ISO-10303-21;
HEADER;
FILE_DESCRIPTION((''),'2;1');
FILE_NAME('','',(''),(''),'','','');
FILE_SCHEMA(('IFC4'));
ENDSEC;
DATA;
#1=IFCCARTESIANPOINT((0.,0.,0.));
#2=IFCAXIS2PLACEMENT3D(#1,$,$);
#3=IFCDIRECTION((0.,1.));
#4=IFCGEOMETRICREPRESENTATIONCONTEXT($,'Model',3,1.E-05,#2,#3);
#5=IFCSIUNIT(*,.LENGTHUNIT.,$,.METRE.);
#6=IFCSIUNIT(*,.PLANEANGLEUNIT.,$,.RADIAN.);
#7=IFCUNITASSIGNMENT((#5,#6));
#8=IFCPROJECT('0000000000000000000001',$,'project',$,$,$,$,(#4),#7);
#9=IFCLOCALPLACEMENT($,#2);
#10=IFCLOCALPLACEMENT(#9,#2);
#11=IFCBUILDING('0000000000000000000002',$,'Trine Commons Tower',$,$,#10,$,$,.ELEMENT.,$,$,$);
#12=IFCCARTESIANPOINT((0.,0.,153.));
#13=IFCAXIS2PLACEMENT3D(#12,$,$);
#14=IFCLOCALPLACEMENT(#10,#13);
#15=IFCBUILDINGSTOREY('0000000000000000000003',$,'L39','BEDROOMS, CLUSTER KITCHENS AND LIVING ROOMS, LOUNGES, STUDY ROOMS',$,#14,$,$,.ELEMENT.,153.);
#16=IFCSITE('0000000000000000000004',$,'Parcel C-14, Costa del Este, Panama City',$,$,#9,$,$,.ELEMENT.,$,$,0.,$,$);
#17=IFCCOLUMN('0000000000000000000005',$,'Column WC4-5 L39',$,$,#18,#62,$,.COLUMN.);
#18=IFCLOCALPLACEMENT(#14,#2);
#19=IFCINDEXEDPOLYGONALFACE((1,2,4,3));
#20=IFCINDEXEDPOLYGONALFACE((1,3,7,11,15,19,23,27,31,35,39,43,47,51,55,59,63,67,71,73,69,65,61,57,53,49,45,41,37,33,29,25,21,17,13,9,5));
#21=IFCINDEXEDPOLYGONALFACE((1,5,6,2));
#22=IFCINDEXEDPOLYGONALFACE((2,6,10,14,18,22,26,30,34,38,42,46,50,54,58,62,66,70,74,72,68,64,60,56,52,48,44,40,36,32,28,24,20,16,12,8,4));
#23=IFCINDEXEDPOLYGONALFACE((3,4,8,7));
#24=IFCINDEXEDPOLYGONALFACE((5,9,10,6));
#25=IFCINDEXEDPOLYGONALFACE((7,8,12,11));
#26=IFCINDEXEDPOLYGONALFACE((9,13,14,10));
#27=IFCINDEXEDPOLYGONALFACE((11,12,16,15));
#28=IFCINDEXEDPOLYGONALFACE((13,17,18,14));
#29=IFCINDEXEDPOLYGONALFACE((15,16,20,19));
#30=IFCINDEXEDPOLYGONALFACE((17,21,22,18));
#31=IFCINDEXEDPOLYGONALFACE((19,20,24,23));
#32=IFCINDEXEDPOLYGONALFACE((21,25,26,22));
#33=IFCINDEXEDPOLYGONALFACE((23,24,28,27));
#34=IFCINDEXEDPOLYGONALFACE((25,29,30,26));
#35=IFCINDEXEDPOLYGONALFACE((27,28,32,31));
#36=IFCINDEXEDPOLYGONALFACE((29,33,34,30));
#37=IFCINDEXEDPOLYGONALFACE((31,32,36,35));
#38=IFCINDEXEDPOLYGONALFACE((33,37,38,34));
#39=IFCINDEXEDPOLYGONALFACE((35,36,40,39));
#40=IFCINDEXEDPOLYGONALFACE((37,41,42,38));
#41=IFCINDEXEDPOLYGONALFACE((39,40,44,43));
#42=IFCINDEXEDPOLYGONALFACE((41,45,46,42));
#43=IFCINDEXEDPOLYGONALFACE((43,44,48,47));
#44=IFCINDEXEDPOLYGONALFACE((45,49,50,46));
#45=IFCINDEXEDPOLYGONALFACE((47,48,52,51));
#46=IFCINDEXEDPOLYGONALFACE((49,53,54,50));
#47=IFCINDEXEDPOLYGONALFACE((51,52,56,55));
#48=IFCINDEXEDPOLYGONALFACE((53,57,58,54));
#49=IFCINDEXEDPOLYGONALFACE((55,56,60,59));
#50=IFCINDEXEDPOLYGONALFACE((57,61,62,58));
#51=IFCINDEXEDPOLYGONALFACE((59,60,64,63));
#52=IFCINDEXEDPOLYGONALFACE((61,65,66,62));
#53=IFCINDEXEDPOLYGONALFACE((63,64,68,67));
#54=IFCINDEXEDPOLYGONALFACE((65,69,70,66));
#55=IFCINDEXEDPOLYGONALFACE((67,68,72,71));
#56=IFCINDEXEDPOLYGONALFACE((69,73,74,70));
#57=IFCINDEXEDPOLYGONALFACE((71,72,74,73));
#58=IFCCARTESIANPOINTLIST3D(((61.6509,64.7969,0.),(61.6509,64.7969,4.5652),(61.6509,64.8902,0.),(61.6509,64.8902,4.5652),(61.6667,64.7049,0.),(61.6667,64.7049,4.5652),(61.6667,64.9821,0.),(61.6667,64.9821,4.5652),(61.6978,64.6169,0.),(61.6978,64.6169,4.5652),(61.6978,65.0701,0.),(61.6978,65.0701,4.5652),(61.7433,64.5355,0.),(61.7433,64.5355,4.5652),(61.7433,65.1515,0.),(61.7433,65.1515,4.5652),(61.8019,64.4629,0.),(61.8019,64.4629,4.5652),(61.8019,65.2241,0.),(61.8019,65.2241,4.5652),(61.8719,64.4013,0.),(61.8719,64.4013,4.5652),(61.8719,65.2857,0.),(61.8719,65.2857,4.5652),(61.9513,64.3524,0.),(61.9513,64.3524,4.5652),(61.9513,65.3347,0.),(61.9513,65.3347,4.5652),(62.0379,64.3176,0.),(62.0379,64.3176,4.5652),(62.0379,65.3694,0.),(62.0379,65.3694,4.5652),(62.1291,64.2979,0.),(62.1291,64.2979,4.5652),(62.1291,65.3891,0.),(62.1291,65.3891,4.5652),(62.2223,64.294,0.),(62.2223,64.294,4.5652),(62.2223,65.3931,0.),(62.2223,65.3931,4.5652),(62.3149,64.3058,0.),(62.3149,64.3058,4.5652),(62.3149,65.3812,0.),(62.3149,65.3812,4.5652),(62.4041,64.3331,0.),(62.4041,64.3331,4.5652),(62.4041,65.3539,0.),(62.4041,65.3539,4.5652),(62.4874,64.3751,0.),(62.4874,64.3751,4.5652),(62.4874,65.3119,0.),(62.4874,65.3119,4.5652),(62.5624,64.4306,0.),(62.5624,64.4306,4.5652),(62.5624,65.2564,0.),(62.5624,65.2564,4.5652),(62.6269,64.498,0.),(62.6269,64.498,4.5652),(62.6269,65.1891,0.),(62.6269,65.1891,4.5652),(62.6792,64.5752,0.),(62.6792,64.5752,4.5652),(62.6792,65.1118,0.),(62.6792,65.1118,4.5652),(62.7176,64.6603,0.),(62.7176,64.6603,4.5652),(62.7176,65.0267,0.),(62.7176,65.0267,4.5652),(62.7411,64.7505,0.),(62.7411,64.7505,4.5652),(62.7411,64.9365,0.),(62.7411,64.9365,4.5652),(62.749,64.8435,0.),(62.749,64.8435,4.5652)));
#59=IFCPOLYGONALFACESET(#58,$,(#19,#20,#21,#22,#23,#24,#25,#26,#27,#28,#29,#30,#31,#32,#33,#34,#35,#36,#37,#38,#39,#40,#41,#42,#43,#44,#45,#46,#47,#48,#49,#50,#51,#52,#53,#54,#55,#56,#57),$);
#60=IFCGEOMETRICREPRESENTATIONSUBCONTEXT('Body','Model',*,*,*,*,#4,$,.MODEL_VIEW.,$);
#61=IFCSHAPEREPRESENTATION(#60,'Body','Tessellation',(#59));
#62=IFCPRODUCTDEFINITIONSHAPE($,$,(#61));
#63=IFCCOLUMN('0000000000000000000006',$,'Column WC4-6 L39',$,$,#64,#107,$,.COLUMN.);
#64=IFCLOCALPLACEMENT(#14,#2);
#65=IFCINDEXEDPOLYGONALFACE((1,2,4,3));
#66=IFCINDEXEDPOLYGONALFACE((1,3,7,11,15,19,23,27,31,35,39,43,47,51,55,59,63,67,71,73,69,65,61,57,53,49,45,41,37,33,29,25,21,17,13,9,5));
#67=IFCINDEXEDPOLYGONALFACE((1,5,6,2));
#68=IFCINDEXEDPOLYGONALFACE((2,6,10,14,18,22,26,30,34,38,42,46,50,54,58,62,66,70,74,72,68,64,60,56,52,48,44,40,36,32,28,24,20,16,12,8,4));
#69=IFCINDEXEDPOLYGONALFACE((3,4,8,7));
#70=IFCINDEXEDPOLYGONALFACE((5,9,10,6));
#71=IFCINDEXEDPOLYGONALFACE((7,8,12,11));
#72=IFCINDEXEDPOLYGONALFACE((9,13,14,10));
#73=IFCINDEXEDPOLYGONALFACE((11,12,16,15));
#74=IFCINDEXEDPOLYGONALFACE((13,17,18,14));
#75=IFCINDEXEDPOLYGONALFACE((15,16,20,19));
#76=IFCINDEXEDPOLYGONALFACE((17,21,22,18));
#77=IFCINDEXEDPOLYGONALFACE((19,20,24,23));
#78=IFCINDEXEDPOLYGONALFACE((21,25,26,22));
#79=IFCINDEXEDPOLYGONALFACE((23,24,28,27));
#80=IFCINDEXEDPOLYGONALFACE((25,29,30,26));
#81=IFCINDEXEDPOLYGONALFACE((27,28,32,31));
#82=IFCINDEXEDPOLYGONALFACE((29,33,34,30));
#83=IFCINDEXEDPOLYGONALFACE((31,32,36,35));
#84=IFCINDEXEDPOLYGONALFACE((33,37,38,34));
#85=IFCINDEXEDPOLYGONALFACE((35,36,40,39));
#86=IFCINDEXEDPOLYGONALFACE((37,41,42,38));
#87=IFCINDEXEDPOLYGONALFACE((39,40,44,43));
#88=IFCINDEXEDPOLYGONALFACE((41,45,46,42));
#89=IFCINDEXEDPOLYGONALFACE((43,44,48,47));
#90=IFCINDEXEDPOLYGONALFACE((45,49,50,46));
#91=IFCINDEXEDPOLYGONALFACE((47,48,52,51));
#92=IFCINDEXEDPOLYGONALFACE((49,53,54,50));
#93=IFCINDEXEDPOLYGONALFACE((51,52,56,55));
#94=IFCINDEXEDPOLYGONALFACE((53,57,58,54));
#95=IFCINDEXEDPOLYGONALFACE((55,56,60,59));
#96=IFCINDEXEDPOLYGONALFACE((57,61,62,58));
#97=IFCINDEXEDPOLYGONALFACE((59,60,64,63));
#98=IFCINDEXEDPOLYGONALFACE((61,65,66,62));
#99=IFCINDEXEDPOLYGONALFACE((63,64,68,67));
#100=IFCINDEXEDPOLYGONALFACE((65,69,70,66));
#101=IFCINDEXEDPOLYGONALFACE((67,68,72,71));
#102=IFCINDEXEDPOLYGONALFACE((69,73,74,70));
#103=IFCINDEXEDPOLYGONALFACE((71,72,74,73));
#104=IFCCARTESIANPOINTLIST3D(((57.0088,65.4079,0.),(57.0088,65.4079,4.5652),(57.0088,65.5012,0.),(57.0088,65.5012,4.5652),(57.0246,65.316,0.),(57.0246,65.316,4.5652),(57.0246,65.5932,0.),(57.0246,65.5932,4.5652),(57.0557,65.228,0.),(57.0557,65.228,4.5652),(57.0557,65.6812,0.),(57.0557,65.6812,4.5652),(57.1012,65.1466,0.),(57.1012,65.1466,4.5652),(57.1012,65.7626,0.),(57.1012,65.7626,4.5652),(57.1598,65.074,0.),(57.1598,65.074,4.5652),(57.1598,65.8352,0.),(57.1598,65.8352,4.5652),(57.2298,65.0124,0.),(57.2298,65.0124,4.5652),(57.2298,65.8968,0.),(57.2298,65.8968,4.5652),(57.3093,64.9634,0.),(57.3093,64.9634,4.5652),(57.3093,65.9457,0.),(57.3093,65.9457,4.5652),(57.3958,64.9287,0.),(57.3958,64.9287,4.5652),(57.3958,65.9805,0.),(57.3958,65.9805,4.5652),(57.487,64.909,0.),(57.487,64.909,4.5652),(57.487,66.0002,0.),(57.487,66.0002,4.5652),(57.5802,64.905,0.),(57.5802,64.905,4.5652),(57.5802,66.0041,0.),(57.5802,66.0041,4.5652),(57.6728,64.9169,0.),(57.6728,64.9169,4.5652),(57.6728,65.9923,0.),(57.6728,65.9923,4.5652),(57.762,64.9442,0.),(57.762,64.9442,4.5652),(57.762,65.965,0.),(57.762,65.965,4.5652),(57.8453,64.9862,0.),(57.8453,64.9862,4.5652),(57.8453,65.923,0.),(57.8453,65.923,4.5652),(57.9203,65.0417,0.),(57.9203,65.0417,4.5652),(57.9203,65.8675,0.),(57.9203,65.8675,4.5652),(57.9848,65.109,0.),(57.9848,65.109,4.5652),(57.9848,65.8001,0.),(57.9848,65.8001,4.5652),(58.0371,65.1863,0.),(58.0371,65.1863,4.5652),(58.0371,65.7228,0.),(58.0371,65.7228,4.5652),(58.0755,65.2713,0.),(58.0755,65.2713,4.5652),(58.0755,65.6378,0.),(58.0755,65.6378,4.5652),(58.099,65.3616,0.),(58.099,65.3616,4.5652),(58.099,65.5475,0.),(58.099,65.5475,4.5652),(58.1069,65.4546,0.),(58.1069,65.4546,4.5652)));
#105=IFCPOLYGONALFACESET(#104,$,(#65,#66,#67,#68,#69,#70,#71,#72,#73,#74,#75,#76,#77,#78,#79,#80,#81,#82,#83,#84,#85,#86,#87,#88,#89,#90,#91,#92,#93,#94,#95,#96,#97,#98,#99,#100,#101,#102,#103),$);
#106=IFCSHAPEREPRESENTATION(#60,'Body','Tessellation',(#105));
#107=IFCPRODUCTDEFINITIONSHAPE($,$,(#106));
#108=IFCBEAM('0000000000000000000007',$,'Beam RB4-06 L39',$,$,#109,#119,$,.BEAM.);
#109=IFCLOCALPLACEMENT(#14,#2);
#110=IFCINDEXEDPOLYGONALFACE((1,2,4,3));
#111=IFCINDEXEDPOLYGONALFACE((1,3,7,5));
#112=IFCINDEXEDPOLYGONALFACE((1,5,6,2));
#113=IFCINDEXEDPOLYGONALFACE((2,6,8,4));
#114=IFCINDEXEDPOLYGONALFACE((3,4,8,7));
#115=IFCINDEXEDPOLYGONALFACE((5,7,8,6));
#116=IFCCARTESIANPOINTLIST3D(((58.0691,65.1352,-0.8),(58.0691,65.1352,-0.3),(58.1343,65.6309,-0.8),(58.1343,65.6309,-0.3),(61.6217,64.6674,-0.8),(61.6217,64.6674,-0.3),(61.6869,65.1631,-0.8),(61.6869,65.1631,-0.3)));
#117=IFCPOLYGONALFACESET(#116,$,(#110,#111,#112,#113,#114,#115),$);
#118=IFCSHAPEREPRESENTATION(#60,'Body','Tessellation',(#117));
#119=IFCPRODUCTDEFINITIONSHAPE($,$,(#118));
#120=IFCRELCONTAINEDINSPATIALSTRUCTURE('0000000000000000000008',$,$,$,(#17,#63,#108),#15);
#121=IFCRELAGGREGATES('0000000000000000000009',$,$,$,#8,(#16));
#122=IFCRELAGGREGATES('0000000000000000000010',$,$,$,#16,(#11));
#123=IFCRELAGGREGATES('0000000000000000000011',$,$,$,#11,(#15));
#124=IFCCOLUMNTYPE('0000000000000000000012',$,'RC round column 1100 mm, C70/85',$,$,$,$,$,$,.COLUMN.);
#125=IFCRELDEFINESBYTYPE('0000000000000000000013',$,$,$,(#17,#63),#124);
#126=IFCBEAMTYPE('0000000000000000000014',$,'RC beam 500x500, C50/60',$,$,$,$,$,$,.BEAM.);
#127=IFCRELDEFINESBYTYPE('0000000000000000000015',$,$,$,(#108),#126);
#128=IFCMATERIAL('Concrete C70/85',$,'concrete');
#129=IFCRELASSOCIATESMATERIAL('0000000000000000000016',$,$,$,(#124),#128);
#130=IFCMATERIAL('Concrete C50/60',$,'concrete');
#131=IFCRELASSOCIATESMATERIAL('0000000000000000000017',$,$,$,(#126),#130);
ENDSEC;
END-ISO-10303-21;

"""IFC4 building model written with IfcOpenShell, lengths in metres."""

from ifc_helpers import new_model, si_unit, direction, frame, origin, origin_2d, place, context, subcontext, project, spatial, rectangle, circle, extrude, material, material_profile, profile_set, type_object, element, save


model = new_model("IFC4")

# Units and contexts
model_context = context("Model", 3, precision=1e-05, world=origin(), true_north=direction((0.0, 1.0)))
body_context = subcontext(model_context, "Body", "Model", "MODEL_VIEW")
ifc_project = project(units=[si_unit("LENGTHUNIT", "METRE"), si_unit("PLANEANGLEUNIT", "RADIAN")], contexts=[model_context])

# Site, building, storey
site_placement = place(None, origin())
site = spatial("IfcSite", under=ifc_project, at=site_placement, Name="Parcel C-14, Costa del Este, Panama City", CompositionType="ELEMENT", RefElevation=0.0)
building_placement = place(site_placement, origin())
building = spatial("IfcBuilding", under=site, at=building_placement, Name="Trine Commons Tower", CompositionType="ELEMENT")
storey_placement = place(building_placement, frame((0.0, 0.0, 153.0)))
storey = spatial("IfcBuildingStorey", under=building, at=storey_placement, Name="L39", Description="BEDROOMS, CLUSTER KITCHENS AND LIVING ROOMS, LOUNGES, STUDY ROOMS", CompositionType="ELEMENT", Elevation=153.0)

# Columns
ifc_material_1 = material(Name="Concrete C70/85", Category="concrete")
ifc_material_profile_1 = material_profile(ifc_material_1, circle(Radius=0.55, at=origin_2d()), Name="RC round 1100")
ifc_profile_set_1 = profile_set([ifc_material_profile_1], Name="Concrete C70/85")
column_type = type_object("IfcColumnType", Name="RC round column 1100 mm, C70/85", PredefinedType="COLUMN", material=ifc_profile_set_1)
for number, where, z_axis, x_axis, name in (
    (1, (62.199, 64.8435, 0.0), (0.0, 0.0, 1.0), (1.0, 0.0, 0.0), "Column WC4-5 L39"),
    (2, (57.5569, 65.4546, 0.0), (0.0, 0.0, 1.0), (1.0, 0.0, 0.0), "Column WC4-6 L39"),
):
    element("IfcColumn", number, at=place(storey_placement, frame(where, z_axis=z_axis, x_axis=x_axis)), inside=storey, type_object=column_type, Name=name, PredefinedType="COLUMN", context=body_context, shape_type="SweptSolid", body=[
        extrude(circle(Radius=0.55, at=origin_2d()), origin(), (0.0, 0.0, 1.0), 4.5652),
    ])

# Beam
ifc_material_2 = material(Name="Concrete C50/60", Category="concrete")
ifc_material_profile_2 = material_profile(ifc_material_2, rectangle(XDim=0.5, YDim=0.5, at=origin_2d()), Name="RC 500x500")
ifc_profile_set_2 = profile_set([ifc_material_profile_2], Name="Concrete C50/60")
beam_type = type_object("IfcBeamType", Name="RC beam 500x500, C50/60", PredefinedType="BEAM", material=ifc_profile_set_2)
beam_placement = place(storey_placement, frame((61.6543, 64.9153, -0.55), z_axis=(-0.991442, 0.130548, 0.0), x_axis=(-0.130548, -0.991442, 0.0)))
element("IfcBeam", 3, at=beam_placement, inside=storey, type_object=beam_type, Name="Beam RB4-06 L39", PredefinedType="BEAM", context=body_context, shape_type="SweptSolid", body=[
    extrude(rectangle(XDim=0.5, YDim=0.5, at=origin_2d()), origin(), (0.0, 0.0, 1.0), 3.5833),
])

save(model, "model.ifc")
